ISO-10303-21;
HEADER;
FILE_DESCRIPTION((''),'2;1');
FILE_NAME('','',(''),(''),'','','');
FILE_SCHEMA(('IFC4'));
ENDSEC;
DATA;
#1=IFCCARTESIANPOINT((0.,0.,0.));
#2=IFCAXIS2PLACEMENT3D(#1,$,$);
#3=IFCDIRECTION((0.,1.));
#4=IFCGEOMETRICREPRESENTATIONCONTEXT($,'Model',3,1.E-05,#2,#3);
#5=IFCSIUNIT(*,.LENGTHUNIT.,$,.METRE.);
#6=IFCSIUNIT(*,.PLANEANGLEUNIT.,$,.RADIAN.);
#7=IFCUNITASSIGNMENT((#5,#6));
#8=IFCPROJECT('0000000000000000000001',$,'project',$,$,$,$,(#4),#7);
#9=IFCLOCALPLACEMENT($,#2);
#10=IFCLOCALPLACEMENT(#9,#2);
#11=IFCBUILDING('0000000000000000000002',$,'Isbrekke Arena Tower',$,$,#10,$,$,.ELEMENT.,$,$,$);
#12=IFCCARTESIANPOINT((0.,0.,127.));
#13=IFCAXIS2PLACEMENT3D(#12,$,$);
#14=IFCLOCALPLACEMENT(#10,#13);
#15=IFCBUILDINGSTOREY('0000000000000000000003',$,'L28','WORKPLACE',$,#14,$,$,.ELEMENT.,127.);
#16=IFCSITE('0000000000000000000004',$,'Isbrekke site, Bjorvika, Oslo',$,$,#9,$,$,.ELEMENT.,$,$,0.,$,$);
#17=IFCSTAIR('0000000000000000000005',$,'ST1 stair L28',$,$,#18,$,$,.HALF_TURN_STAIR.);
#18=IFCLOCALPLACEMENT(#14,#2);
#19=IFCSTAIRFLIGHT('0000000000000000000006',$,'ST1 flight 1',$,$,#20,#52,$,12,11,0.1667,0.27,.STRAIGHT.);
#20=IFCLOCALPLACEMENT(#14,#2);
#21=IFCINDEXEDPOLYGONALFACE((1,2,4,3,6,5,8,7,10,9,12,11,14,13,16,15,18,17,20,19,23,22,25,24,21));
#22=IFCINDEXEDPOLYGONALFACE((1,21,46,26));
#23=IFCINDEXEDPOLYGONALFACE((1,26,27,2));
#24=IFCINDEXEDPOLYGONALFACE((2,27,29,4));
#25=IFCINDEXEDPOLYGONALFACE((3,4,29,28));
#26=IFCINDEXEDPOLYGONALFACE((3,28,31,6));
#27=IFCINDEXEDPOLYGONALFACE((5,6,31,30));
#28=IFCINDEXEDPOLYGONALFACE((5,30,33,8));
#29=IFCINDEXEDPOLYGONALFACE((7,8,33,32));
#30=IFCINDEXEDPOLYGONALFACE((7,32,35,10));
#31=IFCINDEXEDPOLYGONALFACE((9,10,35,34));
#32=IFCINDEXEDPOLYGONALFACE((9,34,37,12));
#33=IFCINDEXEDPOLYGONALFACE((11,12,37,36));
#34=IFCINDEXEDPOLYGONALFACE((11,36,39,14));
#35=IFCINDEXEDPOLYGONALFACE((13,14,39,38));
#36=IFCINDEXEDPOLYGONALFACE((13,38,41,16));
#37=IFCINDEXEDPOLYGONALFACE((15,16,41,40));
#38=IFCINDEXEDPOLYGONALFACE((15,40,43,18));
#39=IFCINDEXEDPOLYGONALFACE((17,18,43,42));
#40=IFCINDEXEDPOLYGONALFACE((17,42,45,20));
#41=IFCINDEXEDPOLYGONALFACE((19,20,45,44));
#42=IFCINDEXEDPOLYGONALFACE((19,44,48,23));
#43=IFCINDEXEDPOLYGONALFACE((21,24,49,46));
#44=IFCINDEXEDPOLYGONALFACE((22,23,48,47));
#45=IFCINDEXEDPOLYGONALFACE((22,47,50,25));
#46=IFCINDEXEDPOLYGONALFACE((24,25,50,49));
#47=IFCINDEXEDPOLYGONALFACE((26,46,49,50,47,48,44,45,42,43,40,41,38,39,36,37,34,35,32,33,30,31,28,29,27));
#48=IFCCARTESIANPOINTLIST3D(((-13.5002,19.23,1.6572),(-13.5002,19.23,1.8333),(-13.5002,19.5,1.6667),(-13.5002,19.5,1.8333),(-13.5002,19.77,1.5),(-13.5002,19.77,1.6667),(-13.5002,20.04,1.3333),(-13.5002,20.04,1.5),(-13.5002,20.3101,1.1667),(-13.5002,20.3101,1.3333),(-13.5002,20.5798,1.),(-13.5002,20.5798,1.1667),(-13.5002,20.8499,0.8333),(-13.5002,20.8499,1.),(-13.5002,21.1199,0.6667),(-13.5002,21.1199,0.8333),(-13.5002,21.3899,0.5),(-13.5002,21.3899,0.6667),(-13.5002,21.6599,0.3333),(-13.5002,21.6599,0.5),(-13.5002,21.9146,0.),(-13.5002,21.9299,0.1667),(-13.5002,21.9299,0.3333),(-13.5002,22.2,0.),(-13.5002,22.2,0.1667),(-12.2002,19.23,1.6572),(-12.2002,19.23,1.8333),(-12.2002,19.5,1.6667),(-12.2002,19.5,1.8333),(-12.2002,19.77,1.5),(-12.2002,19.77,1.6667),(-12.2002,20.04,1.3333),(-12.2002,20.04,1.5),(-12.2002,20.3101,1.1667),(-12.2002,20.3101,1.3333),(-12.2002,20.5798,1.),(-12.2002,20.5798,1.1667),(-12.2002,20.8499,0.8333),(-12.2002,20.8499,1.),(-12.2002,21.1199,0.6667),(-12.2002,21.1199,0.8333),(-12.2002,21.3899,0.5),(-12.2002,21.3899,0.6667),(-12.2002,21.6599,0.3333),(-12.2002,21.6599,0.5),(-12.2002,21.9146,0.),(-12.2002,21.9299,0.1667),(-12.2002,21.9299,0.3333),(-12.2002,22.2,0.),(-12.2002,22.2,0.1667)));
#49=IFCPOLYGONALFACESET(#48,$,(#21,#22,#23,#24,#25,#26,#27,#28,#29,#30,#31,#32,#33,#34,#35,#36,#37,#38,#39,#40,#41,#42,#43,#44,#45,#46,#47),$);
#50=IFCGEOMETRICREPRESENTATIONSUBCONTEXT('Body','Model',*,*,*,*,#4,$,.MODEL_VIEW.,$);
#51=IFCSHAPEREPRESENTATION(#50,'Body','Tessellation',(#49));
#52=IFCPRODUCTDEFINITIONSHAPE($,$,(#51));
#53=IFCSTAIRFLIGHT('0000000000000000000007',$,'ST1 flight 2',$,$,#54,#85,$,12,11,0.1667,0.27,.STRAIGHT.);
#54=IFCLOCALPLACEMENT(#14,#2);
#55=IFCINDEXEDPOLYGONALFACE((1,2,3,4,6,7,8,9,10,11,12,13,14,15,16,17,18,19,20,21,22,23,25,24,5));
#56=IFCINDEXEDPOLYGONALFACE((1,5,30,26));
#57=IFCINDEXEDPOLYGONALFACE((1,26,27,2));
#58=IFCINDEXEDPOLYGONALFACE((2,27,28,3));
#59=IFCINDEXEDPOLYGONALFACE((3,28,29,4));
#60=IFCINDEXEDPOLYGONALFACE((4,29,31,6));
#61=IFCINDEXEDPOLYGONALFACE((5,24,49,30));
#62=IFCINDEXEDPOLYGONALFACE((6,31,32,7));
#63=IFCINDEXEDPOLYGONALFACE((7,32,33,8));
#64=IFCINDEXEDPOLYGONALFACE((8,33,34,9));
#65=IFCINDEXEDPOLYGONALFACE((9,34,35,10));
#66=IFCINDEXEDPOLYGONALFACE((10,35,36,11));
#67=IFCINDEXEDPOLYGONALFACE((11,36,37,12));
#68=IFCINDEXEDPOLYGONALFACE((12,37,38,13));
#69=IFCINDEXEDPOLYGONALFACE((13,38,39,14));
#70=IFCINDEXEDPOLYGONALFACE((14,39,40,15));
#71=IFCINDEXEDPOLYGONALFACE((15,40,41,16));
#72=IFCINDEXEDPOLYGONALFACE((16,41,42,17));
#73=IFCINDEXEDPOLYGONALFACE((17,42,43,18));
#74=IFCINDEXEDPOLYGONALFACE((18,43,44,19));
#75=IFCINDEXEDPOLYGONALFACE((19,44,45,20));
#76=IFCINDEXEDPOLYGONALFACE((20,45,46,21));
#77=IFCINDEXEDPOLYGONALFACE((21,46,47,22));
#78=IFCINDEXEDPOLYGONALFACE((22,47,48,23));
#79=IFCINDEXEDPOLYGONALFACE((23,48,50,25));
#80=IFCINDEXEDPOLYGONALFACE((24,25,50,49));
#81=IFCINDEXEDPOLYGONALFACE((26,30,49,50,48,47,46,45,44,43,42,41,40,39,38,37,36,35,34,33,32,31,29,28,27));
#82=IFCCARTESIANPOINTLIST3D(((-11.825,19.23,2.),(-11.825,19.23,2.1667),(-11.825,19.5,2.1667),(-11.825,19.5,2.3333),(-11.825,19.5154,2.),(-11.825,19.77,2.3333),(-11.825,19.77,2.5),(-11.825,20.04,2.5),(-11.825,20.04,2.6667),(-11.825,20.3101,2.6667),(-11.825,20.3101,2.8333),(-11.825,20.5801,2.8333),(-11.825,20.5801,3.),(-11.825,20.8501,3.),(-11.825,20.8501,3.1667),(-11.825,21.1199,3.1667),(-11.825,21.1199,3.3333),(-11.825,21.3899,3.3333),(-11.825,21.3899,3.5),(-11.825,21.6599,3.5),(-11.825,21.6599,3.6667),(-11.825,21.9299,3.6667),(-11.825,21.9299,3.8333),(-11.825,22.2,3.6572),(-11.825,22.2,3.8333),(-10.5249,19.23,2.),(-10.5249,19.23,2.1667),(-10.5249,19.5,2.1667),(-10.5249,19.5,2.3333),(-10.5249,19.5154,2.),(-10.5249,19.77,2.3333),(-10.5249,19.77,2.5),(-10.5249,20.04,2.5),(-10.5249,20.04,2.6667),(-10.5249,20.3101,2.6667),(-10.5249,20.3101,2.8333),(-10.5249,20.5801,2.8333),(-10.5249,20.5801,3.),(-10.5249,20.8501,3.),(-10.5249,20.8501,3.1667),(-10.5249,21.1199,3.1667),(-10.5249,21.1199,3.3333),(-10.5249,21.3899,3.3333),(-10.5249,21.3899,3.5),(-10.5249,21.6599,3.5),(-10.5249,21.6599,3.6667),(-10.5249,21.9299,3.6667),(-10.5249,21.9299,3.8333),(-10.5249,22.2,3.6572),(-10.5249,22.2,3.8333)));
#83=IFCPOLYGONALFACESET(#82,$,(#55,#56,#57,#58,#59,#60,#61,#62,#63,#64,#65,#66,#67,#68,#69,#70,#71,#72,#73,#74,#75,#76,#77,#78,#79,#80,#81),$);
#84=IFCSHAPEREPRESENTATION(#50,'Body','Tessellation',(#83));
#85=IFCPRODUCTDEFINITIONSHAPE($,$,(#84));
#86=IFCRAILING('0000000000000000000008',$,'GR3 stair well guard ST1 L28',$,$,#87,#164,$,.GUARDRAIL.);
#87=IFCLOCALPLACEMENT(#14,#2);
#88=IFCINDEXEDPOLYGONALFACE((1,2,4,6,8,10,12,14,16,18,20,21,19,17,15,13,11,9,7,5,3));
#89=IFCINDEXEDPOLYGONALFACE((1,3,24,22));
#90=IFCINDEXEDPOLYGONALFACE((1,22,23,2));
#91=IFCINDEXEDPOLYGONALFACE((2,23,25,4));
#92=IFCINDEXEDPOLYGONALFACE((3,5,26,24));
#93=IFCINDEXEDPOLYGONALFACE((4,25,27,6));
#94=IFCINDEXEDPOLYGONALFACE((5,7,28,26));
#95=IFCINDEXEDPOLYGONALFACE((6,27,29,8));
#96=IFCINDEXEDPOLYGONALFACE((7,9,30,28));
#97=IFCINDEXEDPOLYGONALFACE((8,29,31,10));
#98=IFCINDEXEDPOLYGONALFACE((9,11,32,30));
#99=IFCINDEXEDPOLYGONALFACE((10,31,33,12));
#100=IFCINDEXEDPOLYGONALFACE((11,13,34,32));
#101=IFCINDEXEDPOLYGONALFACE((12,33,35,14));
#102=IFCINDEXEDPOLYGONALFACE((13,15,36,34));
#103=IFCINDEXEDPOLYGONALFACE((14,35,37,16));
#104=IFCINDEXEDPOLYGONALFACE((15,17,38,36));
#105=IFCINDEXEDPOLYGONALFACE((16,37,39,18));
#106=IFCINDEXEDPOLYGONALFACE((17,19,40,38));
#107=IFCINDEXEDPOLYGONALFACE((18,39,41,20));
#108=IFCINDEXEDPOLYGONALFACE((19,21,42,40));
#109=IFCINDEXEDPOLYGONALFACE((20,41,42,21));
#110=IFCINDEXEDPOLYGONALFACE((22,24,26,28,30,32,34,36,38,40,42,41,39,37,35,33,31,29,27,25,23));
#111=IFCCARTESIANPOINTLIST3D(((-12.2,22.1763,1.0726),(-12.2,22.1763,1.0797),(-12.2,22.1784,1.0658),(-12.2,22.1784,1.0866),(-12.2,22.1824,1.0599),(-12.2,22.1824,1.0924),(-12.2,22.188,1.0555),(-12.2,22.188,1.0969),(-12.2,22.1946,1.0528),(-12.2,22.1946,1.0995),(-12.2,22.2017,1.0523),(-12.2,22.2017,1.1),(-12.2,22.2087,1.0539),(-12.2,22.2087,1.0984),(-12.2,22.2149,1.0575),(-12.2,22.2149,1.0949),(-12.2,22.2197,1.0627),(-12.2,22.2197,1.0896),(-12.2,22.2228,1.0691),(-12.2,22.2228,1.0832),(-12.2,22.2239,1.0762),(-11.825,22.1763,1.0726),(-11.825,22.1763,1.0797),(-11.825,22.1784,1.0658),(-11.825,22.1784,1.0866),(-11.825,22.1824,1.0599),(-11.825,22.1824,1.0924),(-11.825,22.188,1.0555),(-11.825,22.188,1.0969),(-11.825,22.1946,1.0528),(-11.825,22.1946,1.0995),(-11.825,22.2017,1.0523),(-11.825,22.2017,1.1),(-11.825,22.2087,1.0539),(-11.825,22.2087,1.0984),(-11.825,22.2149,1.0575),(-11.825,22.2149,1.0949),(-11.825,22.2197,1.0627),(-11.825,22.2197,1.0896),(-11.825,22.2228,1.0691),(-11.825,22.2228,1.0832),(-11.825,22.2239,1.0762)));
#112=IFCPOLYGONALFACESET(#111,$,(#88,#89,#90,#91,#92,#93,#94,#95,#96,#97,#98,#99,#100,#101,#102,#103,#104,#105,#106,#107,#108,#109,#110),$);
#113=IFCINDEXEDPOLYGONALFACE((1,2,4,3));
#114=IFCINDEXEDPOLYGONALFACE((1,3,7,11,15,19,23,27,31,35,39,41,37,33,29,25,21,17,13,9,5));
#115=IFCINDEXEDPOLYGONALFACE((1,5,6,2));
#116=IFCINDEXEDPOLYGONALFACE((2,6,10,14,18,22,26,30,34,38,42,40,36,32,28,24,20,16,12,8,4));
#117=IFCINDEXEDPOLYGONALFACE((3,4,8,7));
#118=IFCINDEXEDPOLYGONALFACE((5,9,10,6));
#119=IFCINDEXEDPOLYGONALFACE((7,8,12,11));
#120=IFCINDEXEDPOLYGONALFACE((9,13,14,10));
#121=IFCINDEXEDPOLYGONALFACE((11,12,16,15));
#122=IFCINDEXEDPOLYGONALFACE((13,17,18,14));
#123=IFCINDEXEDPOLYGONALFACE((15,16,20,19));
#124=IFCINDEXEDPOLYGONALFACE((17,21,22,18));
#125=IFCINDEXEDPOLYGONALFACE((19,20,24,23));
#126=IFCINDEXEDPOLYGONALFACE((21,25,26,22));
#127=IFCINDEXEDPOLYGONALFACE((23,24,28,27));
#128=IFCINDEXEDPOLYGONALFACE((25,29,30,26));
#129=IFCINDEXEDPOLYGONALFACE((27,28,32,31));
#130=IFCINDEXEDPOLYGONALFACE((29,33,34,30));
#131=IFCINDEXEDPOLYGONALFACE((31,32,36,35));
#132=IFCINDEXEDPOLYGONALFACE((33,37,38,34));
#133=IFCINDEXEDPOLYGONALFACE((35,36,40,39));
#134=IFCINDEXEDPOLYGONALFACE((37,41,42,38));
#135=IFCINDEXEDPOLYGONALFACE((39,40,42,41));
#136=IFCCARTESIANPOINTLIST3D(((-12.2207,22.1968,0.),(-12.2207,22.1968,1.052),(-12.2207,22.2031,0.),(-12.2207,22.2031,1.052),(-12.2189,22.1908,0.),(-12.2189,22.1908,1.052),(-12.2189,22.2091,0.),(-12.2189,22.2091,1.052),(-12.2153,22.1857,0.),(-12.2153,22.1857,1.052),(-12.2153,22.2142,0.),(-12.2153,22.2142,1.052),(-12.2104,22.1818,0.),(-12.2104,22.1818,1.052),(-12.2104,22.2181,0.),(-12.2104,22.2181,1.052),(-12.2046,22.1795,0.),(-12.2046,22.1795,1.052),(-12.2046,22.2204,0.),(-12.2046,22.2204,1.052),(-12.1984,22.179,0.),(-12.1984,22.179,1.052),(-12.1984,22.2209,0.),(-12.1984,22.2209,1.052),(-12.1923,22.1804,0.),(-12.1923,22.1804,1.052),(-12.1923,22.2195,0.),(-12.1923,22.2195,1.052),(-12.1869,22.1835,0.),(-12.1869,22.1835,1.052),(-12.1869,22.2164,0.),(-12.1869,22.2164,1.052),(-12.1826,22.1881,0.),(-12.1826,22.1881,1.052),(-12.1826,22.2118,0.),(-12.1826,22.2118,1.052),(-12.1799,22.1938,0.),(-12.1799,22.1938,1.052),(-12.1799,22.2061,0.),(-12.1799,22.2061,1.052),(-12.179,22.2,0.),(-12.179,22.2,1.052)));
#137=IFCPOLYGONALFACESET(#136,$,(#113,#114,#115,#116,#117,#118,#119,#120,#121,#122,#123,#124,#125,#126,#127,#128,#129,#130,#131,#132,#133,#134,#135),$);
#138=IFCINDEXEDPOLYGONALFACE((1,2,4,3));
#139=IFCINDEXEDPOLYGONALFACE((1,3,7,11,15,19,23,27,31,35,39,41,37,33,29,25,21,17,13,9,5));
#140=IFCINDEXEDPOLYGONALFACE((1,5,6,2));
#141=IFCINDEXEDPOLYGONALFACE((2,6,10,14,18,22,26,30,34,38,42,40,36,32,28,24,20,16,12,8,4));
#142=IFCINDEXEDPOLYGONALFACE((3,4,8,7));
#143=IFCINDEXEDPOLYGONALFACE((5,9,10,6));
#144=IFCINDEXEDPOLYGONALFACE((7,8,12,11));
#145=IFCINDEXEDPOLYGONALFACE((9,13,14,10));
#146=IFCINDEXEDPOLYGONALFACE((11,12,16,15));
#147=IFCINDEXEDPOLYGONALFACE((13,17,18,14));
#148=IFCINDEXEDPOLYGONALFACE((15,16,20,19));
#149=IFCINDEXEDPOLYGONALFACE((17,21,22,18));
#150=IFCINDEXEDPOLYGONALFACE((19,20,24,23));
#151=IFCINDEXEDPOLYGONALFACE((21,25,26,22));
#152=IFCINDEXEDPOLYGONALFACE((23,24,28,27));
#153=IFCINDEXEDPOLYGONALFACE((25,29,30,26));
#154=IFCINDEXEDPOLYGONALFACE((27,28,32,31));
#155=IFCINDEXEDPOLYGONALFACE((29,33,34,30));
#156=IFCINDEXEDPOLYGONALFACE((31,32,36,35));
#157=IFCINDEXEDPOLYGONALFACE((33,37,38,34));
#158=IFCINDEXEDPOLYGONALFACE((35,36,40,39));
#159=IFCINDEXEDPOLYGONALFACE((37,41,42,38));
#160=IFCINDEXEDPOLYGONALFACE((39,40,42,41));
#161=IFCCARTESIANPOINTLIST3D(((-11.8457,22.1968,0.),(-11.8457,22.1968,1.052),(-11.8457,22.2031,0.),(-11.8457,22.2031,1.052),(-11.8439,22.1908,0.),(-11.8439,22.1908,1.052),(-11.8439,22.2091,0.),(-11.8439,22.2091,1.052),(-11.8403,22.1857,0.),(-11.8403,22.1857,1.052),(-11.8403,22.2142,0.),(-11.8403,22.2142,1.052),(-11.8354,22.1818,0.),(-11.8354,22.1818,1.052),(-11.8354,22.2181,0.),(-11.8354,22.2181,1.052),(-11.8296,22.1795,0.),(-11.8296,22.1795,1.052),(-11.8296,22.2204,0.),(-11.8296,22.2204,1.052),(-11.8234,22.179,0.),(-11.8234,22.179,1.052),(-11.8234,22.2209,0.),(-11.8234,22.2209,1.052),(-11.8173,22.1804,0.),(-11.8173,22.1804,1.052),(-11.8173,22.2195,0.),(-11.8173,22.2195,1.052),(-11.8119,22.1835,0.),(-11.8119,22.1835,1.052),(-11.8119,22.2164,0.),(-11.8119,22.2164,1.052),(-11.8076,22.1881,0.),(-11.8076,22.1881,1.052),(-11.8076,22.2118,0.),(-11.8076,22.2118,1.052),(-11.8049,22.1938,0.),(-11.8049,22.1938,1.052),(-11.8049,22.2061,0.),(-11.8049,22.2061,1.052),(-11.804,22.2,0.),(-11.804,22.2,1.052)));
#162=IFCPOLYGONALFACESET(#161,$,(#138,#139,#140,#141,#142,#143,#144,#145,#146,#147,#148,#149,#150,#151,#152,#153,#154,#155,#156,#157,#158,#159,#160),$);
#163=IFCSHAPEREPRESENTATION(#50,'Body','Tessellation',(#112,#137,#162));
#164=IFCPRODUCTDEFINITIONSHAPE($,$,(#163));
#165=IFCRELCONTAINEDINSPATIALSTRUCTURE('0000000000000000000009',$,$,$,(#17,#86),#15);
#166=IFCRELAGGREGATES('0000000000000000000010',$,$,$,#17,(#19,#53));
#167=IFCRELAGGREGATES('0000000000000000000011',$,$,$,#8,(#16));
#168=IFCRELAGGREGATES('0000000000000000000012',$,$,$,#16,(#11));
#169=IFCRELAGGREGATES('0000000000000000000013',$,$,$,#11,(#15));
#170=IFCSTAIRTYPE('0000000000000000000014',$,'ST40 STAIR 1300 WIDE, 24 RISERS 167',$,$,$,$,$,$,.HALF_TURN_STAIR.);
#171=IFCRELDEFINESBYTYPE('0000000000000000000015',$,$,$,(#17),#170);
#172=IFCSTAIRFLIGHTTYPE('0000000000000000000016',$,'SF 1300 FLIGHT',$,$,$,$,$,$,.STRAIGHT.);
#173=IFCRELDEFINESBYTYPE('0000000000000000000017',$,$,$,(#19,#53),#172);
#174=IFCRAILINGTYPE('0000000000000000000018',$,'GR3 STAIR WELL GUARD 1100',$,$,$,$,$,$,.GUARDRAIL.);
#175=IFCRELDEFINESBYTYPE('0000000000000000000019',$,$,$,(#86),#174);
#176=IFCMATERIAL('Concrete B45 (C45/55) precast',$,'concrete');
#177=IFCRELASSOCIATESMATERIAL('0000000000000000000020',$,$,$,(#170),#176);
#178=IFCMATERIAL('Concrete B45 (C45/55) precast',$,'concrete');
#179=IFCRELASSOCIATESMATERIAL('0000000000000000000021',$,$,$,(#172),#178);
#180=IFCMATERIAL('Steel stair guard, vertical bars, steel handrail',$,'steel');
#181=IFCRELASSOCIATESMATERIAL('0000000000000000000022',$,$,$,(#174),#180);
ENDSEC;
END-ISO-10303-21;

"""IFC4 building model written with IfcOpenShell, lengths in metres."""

from ifc_helpers import new_model, si_unit, direction, frame, origin, origin_2d, place, context, subcontext, project, spatial, polyline, circle, outline, extrude, material, type_object, element, aggregate, save


model = new_model("IFC4")

# Units and contexts
model_context = context("Model", 3, precision=1e-05, world=origin(), true_north=direction((0.0, 1.0)))
body_context = subcontext(model_context, "Body", "Model", "MODEL_VIEW")
ifc_project = project(units=[si_unit("LENGTHUNIT", "METRE"), si_unit("PLANEANGLEUNIT", "RADIAN")], contexts=[model_context])

# Site, building, storey
site_placement = place(None, origin())
site = spatial("IfcSite", under=ifc_project, at=site_placement, Name="Isbrekke site, Bjorvika, Oslo", CompositionType="ELEMENT", RefElevation=0.0)
building_placement = place(site_placement, origin())
building = spatial("IfcBuilding", under=site, at=building_placement, Name="Isbrekke Arena Tower", CompositionType="ELEMENT")
storey_placement = place(building_placement, frame((0.0, 0.0, 127.0)))
storey = spatial("IfcBuildingStorey", under=building, at=storey_placement, Name="L28", Description="WORKPLACE", CompositionType="ELEMENT", Elevation=127.0)

# Stair, stair flights
ifc_material_1 = material(Name="Concrete B45 (C45/55) precast", Category="concrete")
stair_type = type_object("IfcStairType", Name="ST40 STAIR 1300 WIDE, 24 RISERS 167", PredefinedType="HALF_TURN_STAIR", material=ifc_material_1)
stair_placement = place(storey_placement, origin())
stair = element("IfcStair", 1, at=stair_placement, inside=storey, type_object=stair_type, Name="ST1 stair L28", PredefinedType="HALF_TURN_STAIR")
ifc_material_2 = material(Name="Concrete B45 (C45/55) precast", Category="concrete")
stair_flight_type = type_object("IfcStairFlightType", Name="SF 1300 FLIGHT", PredefinedType="STRAIGHT", material=ifc_material_2)
stair_flight_1_placement = place(storey_placement, frame((-12.8501, 22.2, 0.0), z_axis=(0.0, 0.0, 1.0), x_axis=(0.0, -1.0, 0.0)))
stair_flight_1 = element("IfcStairFlight", 2, at=stair_flight_1_placement, type_object=stair_flight_type, Name="ST1 flight 1", NumberOfRisers=12, NumberOfTreads=11, PredefinedType="STRAIGHT", RiserHeight=0.1667, TreadLength=0.27, context=body_context, shape_type="SweptSolid", body=[
    extrude(outline(polyline([(0.0, 0.0), (0.0, 0.1667), (0.27, 0.1667), (0.27, 0.3333), (0.54, 0.3333), (0.54, 0.5), (0.8101, 0.5), (0.8101, 0.6667), (1.0801, 0.6667), (1.0801, 0.8333), (1.3501, 0.8333), (1.3501, 1.0), (1.6201, 1.0), (1.6201, 1.1667), (1.8899, 1.1667), (1.8899, 1.3333), (2.1599, 1.3333), (2.1599, 1.5), (2.4299, 1.5), (2.4299, 1.6667), (2.7, 1.6667), (2.7, 1.8333), (2.97, 1.8333), (2.97, 2.0), (2.97, 1.6572), (0.2854, 0.0), (0.0, 0.0)])), frame((0.0, 0.6499, 0.0), z_axis=(0.0, -1.0, 0.0), x_axis=(1.0, 0.0, 0.0)), (0.0, 0.0, 1.0), 1.3),
])
stair_flight_2_placement = place(storey_placement, frame((-11.175, 19.23, 2.0), z_axis=(0.0, 0.0, 1.0), x_axis=(0.0, 1.0, 0.0)))
stair_flight_2 = element("IfcStairFlight", 3, at=stair_flight_2_placement, type_object=stair_flight_type, Name="ST1 flight 2", NumberOfRisers=12, NumberOfTreads=11, PredefinedType="STRAIGHT", RiserHeight=0.1667, TreadLength=0.27, context=body_context, shape_type="SweptSolid", body=[
    extrude(outline(polyline([(0.0, 0.0), (0.0, 0.1667), (0.27, 0.1667), (0.27, 0.3333), (0.54, 0.3333), (0.54, 0.5), (0.8101, 0.5), (0.8101, 0.6667), (1.0801, 0.6667), (1.0801, 0.8333), (1.3501, 0.8333), (1.3501, 1.0), (1.6201, 1.0), (1.6201, 1.1667), (1.8899, 1.1667), (1.8899, 1.3333), (2.1599, 1.3333), (2.1599, 1.5), (2.4299, 1.5), (2.4299, 1.6667), (2.7, 1.6667), (2.7, 1.8333), (2.97, 1.8333), (2.97, 2.0), (2.97, 1.6572), (0.2854, 0.0), (0.0, 0.0)])), frame((0.0, 0.6499, 0.0), z_axis=(0.0, -1.0, 0.0), x_axis=(1.0, 0.0, 0.0)), (0.0, 0.0, 1.0), 1.3),
])
aggregate(stair, [stair_flight_1, stair_flight_2])

# Railing
ifc_material_3 = material(Name="Steel stair guard, vertical bars, steel handrail", Category="steel")
railing_type = type_object("IfcRailingType", Name="GR3 STAIR WELL GUARD 1100", PredefinedType="GUARDRAIL", material=ifc_material_3)
for number, where, name in (
    (4, (-12.2, 22.2, 0.0), "GR3 stair well guard ST1 L28"),
):
    element("IfcRailing", number, at=place(storey_placement, frame(where)), inside=storey, type_object=railing_type, Name=name, PredefinedType="GUARDRAIL", context=body_context, shape_type="SweptSolid", body=[
        extrude(circle(Radius=0.0239, at=origin_2d()), frame((0.0, 0.0, 1.0762), z_axis=(1.0, 0.0, 0.0), x_axis=(0.0, 1.0, 0.0)), (0.0, 0.0, 1.0), 0.375),
        extrude(circle(Radius=0.021, at=origin_2d()), origin(), (0.0, 0.0, 1.0), 1.052),
        extrude(circle(Radius=0.021, at=origin_2d()), frame((0.375, 0.0, 0.0)), (0.0, 0.0, 1.0), 1.052),
    ])

save(model, "model.ifc")
